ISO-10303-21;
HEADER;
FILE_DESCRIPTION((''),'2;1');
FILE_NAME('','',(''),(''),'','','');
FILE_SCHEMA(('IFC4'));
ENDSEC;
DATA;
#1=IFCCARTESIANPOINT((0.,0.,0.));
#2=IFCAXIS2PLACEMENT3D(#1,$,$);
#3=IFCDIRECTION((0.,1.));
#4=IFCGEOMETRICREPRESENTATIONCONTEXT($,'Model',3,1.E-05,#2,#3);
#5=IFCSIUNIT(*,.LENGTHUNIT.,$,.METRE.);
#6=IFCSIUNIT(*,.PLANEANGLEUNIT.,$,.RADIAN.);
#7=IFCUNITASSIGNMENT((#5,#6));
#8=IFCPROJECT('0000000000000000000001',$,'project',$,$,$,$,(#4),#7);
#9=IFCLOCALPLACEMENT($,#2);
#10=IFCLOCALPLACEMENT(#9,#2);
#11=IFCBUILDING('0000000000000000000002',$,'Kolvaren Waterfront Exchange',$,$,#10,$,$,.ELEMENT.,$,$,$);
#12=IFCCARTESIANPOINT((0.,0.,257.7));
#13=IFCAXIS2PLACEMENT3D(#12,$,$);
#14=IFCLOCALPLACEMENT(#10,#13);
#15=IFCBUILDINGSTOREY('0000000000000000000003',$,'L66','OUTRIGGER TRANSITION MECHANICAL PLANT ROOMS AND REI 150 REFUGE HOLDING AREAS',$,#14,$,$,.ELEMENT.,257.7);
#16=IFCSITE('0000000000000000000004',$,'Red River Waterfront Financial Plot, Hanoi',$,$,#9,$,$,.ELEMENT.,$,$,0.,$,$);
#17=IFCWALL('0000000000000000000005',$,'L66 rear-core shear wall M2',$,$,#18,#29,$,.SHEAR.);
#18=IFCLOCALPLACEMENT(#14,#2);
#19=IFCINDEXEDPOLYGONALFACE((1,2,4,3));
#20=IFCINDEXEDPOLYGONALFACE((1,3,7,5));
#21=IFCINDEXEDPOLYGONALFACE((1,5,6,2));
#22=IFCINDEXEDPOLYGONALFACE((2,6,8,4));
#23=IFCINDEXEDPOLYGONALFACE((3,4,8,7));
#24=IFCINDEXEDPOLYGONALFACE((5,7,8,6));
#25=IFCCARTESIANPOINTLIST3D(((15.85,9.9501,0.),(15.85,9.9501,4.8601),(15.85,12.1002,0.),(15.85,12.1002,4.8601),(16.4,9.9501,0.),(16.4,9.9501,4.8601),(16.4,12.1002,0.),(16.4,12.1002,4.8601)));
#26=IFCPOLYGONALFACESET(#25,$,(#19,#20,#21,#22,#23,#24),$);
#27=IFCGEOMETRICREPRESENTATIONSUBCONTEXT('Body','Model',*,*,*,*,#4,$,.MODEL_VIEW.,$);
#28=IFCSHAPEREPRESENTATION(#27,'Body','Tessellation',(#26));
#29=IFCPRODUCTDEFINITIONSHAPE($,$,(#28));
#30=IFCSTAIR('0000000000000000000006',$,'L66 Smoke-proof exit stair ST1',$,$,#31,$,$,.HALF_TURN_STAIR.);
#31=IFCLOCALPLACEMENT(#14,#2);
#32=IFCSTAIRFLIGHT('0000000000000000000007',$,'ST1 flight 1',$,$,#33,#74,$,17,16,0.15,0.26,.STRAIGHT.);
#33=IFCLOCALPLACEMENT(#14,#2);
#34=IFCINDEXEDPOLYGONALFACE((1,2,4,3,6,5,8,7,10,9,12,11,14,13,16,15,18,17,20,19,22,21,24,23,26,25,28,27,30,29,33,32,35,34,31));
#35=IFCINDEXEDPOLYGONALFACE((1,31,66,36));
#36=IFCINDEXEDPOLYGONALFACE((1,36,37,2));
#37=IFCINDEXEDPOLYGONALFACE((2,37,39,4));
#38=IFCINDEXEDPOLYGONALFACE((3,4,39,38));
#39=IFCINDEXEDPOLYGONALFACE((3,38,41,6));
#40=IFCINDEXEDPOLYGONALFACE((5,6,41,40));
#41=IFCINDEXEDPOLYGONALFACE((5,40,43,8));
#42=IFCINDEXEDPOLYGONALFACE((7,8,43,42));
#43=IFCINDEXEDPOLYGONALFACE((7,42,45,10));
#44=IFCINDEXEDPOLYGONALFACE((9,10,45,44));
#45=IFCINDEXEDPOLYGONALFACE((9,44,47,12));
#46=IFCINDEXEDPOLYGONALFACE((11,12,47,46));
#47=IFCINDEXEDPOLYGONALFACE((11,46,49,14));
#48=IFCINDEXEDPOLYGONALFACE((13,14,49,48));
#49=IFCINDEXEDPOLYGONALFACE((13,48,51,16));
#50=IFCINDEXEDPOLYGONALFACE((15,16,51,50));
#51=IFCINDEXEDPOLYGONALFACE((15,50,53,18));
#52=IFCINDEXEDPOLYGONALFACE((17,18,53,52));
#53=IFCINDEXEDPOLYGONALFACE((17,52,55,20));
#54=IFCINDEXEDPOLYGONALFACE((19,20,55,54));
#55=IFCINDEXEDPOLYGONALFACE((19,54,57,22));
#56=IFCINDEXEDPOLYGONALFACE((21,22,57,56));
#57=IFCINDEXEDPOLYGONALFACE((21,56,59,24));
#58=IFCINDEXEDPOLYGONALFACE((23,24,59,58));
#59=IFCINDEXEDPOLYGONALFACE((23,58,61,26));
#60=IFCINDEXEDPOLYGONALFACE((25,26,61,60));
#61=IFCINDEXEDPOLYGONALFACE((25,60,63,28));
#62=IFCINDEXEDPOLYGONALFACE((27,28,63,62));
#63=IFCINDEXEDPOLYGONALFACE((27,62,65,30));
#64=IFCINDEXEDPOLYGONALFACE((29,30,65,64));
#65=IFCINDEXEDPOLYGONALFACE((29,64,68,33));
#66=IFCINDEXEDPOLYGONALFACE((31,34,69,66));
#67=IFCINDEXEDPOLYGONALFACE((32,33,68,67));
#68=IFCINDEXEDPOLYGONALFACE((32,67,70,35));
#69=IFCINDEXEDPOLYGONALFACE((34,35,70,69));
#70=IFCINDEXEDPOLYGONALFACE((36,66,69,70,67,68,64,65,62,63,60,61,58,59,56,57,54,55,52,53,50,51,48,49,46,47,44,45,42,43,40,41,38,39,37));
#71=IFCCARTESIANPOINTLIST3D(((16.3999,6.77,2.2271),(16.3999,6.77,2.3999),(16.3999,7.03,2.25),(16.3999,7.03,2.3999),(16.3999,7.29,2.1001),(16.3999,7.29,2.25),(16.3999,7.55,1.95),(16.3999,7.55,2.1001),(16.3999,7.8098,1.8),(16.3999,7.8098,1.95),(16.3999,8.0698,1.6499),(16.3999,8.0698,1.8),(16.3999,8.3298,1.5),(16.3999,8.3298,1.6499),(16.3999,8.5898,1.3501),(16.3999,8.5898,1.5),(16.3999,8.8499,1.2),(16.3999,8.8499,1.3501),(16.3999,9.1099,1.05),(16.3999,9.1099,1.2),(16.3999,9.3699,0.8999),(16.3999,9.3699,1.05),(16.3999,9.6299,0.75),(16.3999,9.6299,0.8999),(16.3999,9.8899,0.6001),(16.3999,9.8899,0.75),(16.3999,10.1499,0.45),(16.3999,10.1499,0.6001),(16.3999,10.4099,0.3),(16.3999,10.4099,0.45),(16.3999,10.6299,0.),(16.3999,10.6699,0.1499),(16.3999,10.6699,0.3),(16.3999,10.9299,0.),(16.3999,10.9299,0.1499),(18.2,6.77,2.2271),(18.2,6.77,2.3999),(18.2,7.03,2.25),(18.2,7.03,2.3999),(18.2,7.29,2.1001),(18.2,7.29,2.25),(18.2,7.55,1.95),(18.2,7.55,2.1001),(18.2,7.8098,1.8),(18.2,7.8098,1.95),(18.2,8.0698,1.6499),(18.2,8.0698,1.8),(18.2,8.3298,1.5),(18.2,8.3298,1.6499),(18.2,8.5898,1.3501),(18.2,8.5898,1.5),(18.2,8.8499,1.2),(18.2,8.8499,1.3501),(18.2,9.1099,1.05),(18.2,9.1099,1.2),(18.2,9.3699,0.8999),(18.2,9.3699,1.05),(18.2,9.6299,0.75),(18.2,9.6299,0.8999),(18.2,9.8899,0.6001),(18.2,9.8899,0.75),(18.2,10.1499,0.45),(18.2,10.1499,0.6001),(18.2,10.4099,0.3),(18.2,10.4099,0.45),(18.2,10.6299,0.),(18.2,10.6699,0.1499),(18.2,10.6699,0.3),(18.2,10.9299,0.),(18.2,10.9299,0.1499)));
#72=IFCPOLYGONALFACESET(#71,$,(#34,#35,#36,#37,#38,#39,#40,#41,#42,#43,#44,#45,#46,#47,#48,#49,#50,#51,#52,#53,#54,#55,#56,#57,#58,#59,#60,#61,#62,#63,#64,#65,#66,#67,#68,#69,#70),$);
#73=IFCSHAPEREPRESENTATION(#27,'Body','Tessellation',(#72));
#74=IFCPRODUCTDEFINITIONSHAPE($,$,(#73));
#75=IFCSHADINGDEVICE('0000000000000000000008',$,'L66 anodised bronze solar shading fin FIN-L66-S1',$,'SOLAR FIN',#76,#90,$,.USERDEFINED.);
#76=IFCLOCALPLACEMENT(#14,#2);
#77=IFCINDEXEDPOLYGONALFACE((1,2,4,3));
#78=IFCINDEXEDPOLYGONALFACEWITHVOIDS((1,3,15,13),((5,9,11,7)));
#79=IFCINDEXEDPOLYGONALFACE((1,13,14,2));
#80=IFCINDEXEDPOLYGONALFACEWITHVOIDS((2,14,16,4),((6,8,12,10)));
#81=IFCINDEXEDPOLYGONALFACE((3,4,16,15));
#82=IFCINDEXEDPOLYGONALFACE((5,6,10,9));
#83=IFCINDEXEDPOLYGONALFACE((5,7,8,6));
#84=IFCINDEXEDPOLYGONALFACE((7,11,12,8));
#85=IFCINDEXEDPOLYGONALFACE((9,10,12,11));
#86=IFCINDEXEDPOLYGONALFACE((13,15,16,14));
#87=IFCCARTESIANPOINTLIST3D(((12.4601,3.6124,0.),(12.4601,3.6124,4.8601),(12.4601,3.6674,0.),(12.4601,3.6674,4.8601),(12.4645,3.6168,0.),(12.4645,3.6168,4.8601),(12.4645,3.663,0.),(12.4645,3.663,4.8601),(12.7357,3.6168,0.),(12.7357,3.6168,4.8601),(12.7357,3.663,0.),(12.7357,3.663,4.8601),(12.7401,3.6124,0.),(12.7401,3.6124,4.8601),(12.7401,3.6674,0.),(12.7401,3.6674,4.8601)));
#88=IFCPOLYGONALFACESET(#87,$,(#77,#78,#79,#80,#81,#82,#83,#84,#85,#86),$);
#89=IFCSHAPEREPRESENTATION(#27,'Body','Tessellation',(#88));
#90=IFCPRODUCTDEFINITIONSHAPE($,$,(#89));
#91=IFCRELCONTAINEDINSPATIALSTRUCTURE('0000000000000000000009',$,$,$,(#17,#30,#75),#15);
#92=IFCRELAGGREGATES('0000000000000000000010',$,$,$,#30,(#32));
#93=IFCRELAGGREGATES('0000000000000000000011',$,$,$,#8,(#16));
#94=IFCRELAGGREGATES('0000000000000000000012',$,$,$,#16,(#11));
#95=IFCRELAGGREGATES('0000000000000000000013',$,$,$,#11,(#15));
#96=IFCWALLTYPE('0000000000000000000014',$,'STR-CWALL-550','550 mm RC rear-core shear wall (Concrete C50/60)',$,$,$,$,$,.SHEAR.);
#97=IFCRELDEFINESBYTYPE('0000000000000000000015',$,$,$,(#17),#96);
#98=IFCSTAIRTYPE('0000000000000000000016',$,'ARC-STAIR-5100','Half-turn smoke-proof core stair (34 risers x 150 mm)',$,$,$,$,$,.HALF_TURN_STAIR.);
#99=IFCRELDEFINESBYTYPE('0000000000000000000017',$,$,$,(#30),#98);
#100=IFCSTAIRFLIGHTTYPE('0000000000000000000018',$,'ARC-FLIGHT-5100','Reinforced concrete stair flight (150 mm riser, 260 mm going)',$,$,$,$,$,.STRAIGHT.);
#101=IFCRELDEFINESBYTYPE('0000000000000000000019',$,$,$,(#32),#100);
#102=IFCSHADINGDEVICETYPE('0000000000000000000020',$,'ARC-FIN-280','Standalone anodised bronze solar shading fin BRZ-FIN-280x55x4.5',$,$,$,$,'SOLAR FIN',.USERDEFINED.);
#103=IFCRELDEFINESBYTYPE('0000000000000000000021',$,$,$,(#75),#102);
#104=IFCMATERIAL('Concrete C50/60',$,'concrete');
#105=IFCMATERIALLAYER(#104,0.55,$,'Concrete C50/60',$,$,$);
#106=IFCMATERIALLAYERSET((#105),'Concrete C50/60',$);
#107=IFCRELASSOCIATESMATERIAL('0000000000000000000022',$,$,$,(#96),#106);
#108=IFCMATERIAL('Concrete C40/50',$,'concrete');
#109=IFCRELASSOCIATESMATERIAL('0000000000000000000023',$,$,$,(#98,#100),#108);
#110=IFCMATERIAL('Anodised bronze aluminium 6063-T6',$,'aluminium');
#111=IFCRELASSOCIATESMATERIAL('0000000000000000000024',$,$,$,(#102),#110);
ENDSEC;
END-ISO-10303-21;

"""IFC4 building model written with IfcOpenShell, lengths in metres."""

from ifc_helpers import new_model, si_unit, direction, frame, frame_2d, origin, origin_2d, place, context, subcontext, project, spatial, polyline, rectangle, hollow_rectangle, outline, extrude, material, layer, layer_set, material_profile, profile_set, type_object, element, aggregate, save


model = new_model("IFC4")

# Units and contexts
model_context = context("Model", 3, precision=1e-05, world=origin(), true_north=direction((0.0, 1.0)))
body_context = subcontext(model_context, "Body", "Model", "MODEL_VIEW")
ifc_project = project(units=[si_unit("LENGTHUNIT", "METRE"), si_unit("PLANEANGLEUNIT", "RADIAN")], contexts=[model_context])

# Site, building, storey
site_placement = place(None, origin())
site = spatial("IfcSite", under=ifc_project, at=site_placement, Name="Red River Waterfront Financial Plot, Hanoi", CompositionType="ELEMENT", RefElevation=0.0)
building_placement = place(site_placement, origin())
building = spatial("IfcBuilding", under=site, at=building_placement, Name="Kolvaren Waterfront Exchange", CompositionType="ELEMENT")
storey_placement = place(building_placement, frame((0.0, 0.0, 257.7)))
storey = spatial("IfcBuildingStorey", under=building, at=storey_placement, Name="L66", Description="OUTRIGGER TRANSITION MECHANICAL PLANT ROOMS AND REI 150 REFUGE HOLDING AREAS", CompositionType="ELEMENT", Elevation=257.7)

# Shared definitions
ifc_material_1 = material(Name="Concrete C50/60", Category="concrete")

# Shared definitions
ifc_material_2 = material(Name="Anodised bronze aluminium 6063-T6", Category="aluminium")

# Wall
ifc_material_3 = material(Name="Concrete C40/50", Category="concrete")
ifc_layer_1 = layer(ifc_material_1, 0.55, Name="Concrete C50/60")
ifc_layer_set_1 = layer_set([ifc_layer_1], Name="Concrete C50/60")
wall_type_1 = type_object("IfcWallType", Name="STR-CWALL-550", Description="550 mm RC rear-core shear wall (Concrete C50/60)", PredefinedType="SHEAR", material=ifc_layer_set_1)
wall_1_placement = place(storey_placement, frame((16.125, 9.95, 0.0), z_axis=(0.0, 0.0, 1.0), x_axis=(0.0, 1.0, 0.0)))
element("IfcWall", 1, at=wall_1_placement, inside=storey, type_object=wall_type_1, Name="L66 rear-core shear wall M2", PredefinedType="SHEAR", context=body_context, shape_type="SweptSolid", body=[
    extrude(rectangle(XDim=2.1501, YDim=0.55, at=frame_2d((1.0752, 0.0))), origin(), (0.0, 0.0, 1.0), 4.8601),
])

# Stair, stair flight
stair_type = type_object("IfcStairType", Name="ARC-STAIR-5100", Description="Half-turn smoke-proof core stair (34 risers x 150 mm)", PredefinedType="HALF_TURN_STAIR", material=ifc_material_3)
stair_placement = place(storey_placement, origin())
stair = element("IfcStair", 2, at=stair_placement, inside=storey, type_object=stair_type, Name="L66 Smoke-proof exit stair ST1", PredefinedType="HALF_TURN_STAIR")
stair_flight_type = type_object("IfcStairFlightType", Name="ARC-FLIGHT-5100", Description="Reinforced concrete stair flight (150 mm riser, 260 mm going)", PredefinedType="STRAIGHT", material=ifc_material_3)
stair_flight_placement = place(storey_placement, frame((17.3, 10.9299, 0.0), z_axis=(0.0, 0.0, 1.0), x_axis=(0.0, -1.0, 0.0)))
stair_flight = element("IfcStairFlight", 3, at=stair_flight_placement, type_object=stair_flight_type, Name="ST1 flight 1", NumberOfRisers=17, NumberOfTreads=16, PredefinedType="STRAIGHT", RiserHeight=0.15, TreadLength=0.26, context=body_context, shape_type="SweptSolid", body=[
    extrude(outline(polyline([(0.0, 0.0), (0.0, 0.1499), (0.26, 0.1499), (0.26, 0.3), (0.52, 0.3), (0.52, 0.45), (0.78, 0.45), (0.78, 0.6001), (1.04, 0.6001), (1.04, 0.75), (1.3, 0.75), (1.3, 0.8999), (1.5601, 0.8999), (1.5601, 1.05), (1.8201, 1.05), (1.8201, 1.2), (2.0801, 1.2), (2.0801, 1.3501), (2.3401, 1.3501), (2.3401, 1.5), (2.6001, 1.5), (2.6001, 1.6499), (2.8601, 1.6499), (2.8601, 1.8), (3.1201, 1.8), (3.1201, 1.95), (3.3799, 1.95), (3.3799, 2.1001), (3.6399, 2.1001), (3.6399, 2.25), (3.8999, 2.25), (3.8999, 2.3999), (4.1599, 2.3999), (4.1599, 2.55), (4.1599, 2.2271), (0.3, 0.0), (0.0, 0.0)])), frame((0.0, 0.8999, 0.0), z_axis=(0.0, -1.0, 0.0), x_axis=(1.0, 0.0, 0.0)), (0.0, 0.0, 1.0), 1.8),
])
aggregate(stair, [stair_flight])

# Shading device
ifc_material_profile_1 = material_profile(ifc_material_2, hollow_rectangle(XDim=0.0549, YDim=0.28, WallThickness=0.0044, at=origin_2d()), Name="BRZ-FIN-280x55x4.5")
ifc_profile_set_1 = profile_set([ifc_material_profile_1], Name="Anodised bronze aluminium 6063-T6")
shading_device_type_1 = type_object("IfcShadingDeviceType", Name="ARC-FIN-280", Description="Standalone anodised bronze solar shading fin BRZ-FIN-280x55x4.5", ElementType="SOLAR FIN", PredefinedType="USERDEFINED", material=ifc_profile_set_1)
shading_device_placement = place(storey_placement, frame((12.6001, 3.6399, 0.0), z_axis=(0.0, 0.0, 1.0), x_axis=(0.0, -1.0, 0.0)))
element("IfcShadingDevice", 4, at=shading_device_placement, inside=storey, type_object=shading_device_type_1, Name="L66 anodised bronze solar shading fin FIN-L66-S1", ObjectType="SOLAR FIN", PredefinedType="USERDEFINED", context=body_context, shape_type="SweptSolid", body=[
    extrude(hollow_rectangle(XDim=0.0549, YDim=0.28, WallThickness=0.0044, at=origin_2d()), origin(), (0.0, 0.0, 1.0), 4.8601),
])

save(model, "model.ifc")
